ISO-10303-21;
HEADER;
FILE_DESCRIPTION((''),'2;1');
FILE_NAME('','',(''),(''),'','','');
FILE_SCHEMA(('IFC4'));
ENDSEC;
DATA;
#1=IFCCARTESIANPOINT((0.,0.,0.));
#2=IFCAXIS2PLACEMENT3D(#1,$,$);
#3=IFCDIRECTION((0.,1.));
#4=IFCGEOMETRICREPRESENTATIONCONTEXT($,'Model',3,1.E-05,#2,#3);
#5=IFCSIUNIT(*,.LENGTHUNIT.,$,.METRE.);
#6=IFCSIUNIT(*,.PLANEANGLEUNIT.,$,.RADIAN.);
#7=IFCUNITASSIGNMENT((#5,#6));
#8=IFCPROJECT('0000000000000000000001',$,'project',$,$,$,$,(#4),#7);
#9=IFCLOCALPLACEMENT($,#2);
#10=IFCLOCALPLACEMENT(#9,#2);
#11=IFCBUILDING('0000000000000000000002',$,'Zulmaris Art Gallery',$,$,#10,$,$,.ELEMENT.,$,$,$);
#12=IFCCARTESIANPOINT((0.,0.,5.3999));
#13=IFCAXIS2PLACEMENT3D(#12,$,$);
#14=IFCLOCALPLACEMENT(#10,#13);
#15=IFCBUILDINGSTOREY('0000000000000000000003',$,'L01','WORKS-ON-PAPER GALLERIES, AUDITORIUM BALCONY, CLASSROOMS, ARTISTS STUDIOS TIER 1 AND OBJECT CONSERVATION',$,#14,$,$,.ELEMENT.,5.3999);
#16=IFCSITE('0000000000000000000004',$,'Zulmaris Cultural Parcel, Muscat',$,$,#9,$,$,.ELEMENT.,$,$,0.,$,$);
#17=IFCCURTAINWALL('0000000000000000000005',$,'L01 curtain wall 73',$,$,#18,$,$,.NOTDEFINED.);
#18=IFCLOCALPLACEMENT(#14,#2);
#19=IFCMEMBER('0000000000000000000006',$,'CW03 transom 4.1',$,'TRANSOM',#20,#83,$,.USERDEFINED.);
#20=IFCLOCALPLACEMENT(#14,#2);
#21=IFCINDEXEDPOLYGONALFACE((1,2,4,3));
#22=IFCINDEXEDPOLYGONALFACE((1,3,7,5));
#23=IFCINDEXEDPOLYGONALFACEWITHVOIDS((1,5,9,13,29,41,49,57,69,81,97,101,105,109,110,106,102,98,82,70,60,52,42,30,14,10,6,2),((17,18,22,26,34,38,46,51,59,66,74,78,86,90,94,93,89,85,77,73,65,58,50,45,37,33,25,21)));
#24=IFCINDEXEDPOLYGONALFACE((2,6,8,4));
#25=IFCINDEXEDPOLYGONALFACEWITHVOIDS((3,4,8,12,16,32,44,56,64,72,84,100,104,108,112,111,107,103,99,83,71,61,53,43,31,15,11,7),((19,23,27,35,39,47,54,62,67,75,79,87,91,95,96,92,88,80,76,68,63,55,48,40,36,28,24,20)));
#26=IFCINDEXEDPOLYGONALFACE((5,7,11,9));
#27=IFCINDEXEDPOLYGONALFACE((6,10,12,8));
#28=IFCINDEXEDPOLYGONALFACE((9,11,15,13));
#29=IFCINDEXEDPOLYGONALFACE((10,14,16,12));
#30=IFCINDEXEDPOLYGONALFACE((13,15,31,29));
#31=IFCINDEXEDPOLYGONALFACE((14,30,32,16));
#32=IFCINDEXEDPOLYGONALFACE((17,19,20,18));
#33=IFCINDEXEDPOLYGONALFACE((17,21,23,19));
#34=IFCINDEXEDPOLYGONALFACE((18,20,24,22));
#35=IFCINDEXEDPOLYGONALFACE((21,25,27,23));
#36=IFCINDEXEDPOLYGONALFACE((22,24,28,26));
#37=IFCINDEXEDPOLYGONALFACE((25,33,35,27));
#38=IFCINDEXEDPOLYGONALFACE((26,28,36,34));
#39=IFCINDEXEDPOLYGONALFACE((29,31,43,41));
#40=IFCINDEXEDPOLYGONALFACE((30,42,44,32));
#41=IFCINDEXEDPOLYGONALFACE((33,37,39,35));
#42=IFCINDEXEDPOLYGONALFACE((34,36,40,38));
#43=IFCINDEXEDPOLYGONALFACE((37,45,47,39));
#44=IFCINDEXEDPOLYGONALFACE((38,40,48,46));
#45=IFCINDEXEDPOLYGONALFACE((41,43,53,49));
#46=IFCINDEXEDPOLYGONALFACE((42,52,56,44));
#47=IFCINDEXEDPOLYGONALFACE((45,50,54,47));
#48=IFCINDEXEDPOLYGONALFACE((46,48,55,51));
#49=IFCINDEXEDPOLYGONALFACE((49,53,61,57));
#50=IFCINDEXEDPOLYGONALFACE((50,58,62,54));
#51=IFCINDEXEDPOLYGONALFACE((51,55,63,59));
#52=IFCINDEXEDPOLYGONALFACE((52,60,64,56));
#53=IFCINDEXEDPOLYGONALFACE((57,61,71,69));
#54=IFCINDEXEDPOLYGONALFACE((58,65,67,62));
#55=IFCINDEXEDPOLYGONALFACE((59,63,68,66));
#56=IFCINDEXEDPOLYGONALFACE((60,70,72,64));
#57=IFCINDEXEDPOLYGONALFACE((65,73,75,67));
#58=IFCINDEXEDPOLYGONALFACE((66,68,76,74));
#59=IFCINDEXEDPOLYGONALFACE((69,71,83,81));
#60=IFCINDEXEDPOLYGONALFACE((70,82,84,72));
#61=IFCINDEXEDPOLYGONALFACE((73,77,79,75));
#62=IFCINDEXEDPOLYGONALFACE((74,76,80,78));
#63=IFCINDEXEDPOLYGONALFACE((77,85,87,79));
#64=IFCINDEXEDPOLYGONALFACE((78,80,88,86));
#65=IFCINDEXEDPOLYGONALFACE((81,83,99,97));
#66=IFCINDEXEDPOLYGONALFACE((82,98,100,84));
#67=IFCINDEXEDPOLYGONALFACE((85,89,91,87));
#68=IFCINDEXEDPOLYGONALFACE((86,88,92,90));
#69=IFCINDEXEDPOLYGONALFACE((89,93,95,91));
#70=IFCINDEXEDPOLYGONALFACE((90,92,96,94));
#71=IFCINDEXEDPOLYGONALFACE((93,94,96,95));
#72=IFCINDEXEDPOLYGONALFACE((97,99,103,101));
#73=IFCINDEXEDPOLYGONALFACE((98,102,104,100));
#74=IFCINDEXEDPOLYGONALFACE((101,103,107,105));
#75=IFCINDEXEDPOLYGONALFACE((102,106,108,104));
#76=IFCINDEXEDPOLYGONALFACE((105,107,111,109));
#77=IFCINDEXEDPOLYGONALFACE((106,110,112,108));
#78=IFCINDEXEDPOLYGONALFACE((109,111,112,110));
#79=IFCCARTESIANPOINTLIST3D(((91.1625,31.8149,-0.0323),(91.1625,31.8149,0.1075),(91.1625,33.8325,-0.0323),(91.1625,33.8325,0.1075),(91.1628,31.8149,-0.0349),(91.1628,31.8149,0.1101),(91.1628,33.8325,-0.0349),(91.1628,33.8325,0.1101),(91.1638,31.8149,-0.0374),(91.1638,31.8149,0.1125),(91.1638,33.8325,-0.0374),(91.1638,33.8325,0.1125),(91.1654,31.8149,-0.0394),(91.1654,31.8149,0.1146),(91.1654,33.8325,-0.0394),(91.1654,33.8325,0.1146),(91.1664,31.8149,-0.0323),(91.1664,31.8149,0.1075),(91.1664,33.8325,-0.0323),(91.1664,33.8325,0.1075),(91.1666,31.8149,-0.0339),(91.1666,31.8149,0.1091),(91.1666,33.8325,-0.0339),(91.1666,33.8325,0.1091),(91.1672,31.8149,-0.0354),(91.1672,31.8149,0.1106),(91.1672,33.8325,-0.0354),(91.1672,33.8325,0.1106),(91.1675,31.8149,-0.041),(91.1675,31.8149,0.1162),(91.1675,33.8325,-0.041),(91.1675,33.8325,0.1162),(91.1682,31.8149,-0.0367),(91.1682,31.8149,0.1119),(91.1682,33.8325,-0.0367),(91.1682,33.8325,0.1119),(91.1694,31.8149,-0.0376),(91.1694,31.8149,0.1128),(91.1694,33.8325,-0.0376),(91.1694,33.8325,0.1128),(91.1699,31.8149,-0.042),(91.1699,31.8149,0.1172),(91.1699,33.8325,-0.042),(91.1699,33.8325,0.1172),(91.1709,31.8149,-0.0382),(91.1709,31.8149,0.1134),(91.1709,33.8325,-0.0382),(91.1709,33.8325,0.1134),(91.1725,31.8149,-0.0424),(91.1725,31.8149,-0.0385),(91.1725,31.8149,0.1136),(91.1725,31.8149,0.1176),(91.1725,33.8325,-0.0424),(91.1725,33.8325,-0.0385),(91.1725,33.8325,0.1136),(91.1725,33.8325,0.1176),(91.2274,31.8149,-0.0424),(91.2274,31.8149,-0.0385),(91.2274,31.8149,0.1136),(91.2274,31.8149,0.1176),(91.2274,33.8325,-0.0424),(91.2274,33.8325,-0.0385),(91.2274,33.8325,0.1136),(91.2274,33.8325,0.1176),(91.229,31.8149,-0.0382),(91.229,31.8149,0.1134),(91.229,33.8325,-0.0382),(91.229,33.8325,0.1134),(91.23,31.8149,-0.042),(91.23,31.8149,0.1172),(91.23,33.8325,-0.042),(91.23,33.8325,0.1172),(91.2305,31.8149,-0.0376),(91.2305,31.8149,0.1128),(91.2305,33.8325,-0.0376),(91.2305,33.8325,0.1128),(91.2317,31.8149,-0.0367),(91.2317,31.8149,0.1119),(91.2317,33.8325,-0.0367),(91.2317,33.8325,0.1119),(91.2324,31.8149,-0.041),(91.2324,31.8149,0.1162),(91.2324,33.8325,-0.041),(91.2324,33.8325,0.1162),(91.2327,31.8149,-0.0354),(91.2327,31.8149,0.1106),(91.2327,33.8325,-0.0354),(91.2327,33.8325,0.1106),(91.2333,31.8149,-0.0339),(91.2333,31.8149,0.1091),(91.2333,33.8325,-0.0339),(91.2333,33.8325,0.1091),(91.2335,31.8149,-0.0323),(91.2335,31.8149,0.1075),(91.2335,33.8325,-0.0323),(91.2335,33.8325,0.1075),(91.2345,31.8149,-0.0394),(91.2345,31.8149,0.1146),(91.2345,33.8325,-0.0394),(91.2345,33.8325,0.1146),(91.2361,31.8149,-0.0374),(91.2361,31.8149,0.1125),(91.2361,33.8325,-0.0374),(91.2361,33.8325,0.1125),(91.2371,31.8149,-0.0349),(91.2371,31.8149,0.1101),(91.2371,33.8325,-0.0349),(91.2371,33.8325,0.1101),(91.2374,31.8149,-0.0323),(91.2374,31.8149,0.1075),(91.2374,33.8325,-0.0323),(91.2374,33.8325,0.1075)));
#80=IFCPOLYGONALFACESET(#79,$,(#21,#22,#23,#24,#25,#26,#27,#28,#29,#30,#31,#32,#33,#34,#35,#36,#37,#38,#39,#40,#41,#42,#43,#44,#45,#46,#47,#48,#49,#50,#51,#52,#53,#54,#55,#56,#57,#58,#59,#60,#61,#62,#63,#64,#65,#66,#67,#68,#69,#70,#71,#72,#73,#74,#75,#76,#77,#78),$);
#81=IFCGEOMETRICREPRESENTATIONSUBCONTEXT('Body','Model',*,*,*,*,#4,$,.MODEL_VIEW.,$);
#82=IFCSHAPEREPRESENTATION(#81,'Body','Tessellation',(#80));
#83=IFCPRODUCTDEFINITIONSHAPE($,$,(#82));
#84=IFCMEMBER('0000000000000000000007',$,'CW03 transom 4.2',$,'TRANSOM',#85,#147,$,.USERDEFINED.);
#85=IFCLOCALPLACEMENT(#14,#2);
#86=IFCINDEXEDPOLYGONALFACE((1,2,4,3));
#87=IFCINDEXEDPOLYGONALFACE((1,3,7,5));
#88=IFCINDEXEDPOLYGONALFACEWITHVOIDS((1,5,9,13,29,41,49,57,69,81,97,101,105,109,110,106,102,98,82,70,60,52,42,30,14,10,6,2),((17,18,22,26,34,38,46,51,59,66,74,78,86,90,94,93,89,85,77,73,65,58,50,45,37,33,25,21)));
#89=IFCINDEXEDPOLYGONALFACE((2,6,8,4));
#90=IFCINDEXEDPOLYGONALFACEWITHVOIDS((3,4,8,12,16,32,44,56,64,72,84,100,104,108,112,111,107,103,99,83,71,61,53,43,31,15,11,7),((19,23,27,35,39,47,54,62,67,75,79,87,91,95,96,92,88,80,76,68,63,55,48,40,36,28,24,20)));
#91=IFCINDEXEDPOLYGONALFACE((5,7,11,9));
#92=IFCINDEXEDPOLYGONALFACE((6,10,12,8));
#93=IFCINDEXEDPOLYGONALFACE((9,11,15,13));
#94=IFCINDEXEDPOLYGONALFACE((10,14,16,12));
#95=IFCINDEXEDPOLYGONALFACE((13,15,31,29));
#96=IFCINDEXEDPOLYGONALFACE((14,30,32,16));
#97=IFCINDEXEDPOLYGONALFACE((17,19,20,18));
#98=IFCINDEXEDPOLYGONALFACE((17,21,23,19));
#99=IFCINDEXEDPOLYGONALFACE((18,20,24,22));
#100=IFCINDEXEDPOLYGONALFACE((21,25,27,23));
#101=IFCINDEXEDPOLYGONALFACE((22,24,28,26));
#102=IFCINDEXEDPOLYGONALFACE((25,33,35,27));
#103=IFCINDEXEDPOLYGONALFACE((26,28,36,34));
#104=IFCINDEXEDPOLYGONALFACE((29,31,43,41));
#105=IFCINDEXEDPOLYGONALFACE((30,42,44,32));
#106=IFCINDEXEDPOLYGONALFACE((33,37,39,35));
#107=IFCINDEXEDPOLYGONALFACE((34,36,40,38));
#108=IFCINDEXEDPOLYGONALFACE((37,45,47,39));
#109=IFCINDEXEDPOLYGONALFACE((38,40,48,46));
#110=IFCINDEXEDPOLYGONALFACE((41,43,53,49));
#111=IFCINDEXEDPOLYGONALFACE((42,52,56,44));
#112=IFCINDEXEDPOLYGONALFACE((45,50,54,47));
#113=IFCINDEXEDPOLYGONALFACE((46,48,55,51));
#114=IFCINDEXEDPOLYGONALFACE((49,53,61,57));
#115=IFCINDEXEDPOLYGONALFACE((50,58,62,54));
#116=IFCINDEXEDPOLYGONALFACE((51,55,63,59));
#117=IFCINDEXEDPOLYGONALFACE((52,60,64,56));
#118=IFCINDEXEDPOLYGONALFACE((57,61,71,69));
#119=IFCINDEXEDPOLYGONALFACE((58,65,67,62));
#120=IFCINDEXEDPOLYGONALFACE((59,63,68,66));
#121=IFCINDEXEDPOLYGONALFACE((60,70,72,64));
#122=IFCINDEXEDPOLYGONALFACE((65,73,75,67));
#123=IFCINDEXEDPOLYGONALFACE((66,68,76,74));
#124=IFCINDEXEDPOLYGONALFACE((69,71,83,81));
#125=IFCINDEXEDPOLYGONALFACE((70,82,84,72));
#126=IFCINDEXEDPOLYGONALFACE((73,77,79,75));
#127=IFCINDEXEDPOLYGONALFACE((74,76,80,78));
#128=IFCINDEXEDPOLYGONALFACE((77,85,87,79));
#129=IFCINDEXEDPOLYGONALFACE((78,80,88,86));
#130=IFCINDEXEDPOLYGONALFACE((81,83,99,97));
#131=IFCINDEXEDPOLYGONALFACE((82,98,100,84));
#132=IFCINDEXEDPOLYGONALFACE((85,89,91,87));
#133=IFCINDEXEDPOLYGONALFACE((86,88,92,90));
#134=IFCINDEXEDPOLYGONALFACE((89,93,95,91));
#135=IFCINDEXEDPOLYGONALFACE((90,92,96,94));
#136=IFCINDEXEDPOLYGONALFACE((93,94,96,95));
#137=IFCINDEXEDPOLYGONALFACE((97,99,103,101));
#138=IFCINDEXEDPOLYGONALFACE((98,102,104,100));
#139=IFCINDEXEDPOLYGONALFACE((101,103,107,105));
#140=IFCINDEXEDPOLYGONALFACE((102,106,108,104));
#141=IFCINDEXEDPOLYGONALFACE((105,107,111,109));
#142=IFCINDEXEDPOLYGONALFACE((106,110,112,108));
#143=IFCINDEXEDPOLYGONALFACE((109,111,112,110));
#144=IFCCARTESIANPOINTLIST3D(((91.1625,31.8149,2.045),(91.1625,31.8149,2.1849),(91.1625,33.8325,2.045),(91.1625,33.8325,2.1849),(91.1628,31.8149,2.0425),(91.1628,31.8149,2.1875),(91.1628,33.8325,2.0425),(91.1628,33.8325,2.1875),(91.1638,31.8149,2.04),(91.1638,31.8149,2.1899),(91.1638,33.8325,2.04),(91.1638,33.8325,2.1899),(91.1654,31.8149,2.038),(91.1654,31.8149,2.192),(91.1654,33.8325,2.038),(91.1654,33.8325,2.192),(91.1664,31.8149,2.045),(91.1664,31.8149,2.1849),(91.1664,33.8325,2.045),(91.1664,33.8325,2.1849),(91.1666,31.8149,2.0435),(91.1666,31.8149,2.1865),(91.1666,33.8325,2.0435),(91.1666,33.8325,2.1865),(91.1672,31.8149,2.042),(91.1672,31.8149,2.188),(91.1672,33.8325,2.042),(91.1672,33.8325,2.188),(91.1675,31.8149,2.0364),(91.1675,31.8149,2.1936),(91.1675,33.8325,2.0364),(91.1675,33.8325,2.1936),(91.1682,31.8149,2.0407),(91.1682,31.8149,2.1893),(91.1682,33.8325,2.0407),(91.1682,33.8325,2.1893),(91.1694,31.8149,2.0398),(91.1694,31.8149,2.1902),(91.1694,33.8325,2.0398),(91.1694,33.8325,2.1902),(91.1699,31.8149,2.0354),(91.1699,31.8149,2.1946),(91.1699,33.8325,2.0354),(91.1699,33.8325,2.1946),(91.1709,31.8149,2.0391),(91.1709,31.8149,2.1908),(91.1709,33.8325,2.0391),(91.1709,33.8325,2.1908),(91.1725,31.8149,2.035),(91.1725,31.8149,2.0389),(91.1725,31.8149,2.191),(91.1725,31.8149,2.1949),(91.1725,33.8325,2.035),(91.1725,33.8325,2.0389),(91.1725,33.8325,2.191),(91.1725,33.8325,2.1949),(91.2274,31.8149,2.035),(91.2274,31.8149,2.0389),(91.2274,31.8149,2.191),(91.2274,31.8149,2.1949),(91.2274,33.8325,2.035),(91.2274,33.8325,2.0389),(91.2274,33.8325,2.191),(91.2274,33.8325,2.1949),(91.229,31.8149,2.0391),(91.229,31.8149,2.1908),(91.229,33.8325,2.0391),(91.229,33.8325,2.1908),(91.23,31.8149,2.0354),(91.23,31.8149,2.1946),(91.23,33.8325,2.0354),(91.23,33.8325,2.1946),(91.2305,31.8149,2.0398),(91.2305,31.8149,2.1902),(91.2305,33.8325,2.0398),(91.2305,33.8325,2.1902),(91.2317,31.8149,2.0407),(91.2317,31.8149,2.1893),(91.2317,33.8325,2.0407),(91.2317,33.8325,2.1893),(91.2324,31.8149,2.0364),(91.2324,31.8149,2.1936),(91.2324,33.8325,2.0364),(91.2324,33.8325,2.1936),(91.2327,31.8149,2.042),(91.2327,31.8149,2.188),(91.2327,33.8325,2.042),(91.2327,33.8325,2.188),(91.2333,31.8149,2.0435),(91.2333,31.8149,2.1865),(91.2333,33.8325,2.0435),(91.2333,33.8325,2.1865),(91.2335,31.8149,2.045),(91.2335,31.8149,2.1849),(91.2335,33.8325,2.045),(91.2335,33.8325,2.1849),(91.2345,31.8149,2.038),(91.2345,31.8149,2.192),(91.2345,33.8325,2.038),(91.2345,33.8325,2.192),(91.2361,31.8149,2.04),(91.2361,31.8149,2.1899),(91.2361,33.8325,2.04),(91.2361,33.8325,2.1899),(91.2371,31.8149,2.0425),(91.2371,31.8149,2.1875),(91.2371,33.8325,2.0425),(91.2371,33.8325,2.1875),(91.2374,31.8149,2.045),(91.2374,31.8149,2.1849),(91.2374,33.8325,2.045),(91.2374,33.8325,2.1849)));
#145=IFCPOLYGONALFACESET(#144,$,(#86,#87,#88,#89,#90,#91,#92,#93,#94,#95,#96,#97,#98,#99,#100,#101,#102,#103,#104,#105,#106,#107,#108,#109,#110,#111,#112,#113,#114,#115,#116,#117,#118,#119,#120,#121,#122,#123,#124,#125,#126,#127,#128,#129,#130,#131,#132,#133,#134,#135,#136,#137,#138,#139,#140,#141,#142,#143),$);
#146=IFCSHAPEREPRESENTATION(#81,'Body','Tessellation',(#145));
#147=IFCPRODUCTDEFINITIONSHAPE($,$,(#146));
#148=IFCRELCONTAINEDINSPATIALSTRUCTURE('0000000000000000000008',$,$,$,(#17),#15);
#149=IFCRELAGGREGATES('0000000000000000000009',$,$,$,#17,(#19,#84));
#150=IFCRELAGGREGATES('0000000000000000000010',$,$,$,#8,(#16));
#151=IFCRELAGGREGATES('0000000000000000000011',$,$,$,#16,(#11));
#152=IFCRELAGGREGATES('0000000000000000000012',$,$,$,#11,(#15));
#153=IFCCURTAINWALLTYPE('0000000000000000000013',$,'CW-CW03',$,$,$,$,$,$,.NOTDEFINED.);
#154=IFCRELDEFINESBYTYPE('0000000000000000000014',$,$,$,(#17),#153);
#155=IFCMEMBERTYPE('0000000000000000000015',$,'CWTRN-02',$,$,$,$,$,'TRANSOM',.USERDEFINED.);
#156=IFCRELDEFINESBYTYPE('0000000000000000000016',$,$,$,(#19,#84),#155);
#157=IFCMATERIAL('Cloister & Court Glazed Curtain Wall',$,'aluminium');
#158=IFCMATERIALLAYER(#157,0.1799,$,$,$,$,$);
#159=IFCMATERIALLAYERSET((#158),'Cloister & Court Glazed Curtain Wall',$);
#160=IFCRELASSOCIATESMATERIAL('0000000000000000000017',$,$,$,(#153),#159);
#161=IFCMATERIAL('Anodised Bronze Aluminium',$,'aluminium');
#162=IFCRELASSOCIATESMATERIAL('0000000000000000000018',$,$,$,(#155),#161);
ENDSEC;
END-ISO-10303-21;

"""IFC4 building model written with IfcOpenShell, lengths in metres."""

from ifc_helpers import new_model, si_unit, direction, frame, origin, origin_2d, place, context, subcontext, project, spatial, hollow_rectangle, extrude, material, layer, layer_set, material_profile, profile_set, type_object, element, aggregate, save


model = new_model("IFC4")

# Units and contexts
model_context = context("Model", 3, precision=1e-05, world=origin(), true_north=direction((0.0, 1.0)))
body_context = subcontext(model_context, "Body", "Model", "MODEL_VIEW")
ifc_project = project(units=[si_unit("LENGTHUNIT", "METRE"), si_unit("PLANEANGLEUNIT", "RADIAN")], contexts=[model_context])

# Site, building, storey
site_placement = place(None, origin())
site = spatial("IfcSite", under=ifc_project, at=site_placement, Name="Zulmaris Cultural Parcel, Muscat", CompositionType="ELEMENT", RefElevation=0.0)
building_placement = place(site_placement, origin())
building = spatial("IfcBuilding", under=site, at=building_placement, Name="Zulmaris Art Gallery", CompositionType="ELEMENT")
storey_placement = place(building_placement, frame((0.0, 0.0, 5.3999)))
storey = spatial("IfcBuildingStorey", under=building, at=storey_placement, Name="L01", Description="WORKS-ON-PAPER GALLERIES, AUDITORIUM BALCONY, CLASSROOMS, ARTISTS STUDIOS TIER 1 AND OBJECT CONSERVATION", CompositionType="ELEMENT", Elevation=5.3999)

# Shared definitions
ifc_material_1 = material(Name="Cloister & Court Glazed Curtain Wall", Category="aluminium")
ifc_layer_1 = layer(ifc_material_1, 0.1799)
ifc_layer_set_1 = layer_set([ifc_layer_1], Name="Cloister & Court Glazed Curtain Wall")
curtain_wall_type = type_object("IfcCurtainWallType", Name="CW-CW03", PredefinedType="NOTDEFINED", material=ifc_layer_set_1)
ifc_material_2 = material(Name="Anodised Bronze Aluminium", Category="aluminium")

# Curtain wall
curtain_wall_1_placement = place(storey_placement, origin())
curtain_wall_1 = element("IfcCurtainWall", 1, at=curtain_wall_1_placement, inside=storey, type_object=curtain_wall_type, Name="L01 curtain wall 73", PredefinedType="NOTDEFINED")

# Members
ifc_material_profile_1 = material_profile(ifc_material_2, hollow_rectangle(XDim=0.075, YDim=0.1599, WallThickness=0.0039, InnerFilletRadius=0.0061, OuterFilletRadius=0.01, at=origin_2d()), Name="ALU 75x160x4")
ifc_profile_set_1 = profile_set([ifc_material_profile_1], Name="Anodised Bronze Aluminium")
member_type_1 = type_object("IfcMemberType", Name="CWTRN-02", ElementType="TRANSOM", PredefinedType="USERDEFINED", material=ifc_profile_set_1)
member_1_placement = place(storey_placement, frame((91.2, 33.8325, 0.0376), z_axis=(0.0, -1.0, 0.0), x_axis=(1.0, 0.0, 0.0)))
member_1 = element("IfcMember", 2, at=member_1_placement, type_object=member_type_1, Name="CW03 transom 4.1", ObjectType="TRANSOM", PredefinedType="USERDEFINED", context=body_context, shape_type="SweptSolid", body=[
    extrude(hollow_rectangle(XDim=0.075, YDim=0.1599, WallThickness=0.0039, InnerFilletRadius=0.0061, OuterFilletRadius=0.01, at=origin_2d()), origin(), (0.0, 0.0, 1.0), 2.0176),
])
member_2_placement = place(storey_placement, frame((91.2, 33.8325, 2.115), z_axis=(0.0, -1.0, 0.0), x_axis=(1.0, 0.0, 0.0)))
member_2 = element("IfcMember", 3, at=member_2_placement, type_object=member_type_1, Name="CW03 transom 4.2", ObjectType="TRANSOM", PredefinedType="USERDEFINED", context=body_context, shape_type="SweptSolid", body=[
    extrude(hollow_rectangle(XDim=0.075, YDim=0.1599, WallThickness=0.0039, InnerFilletRadius=0.0061, OuterFilletRadius=0.01, at=origin_2d()), origin(), (0.0, 0.0, 1.0), 2.0176),
])

aggregate(curtain_wall_1, [member_1, member_2])

save(model, "model.ifc")
